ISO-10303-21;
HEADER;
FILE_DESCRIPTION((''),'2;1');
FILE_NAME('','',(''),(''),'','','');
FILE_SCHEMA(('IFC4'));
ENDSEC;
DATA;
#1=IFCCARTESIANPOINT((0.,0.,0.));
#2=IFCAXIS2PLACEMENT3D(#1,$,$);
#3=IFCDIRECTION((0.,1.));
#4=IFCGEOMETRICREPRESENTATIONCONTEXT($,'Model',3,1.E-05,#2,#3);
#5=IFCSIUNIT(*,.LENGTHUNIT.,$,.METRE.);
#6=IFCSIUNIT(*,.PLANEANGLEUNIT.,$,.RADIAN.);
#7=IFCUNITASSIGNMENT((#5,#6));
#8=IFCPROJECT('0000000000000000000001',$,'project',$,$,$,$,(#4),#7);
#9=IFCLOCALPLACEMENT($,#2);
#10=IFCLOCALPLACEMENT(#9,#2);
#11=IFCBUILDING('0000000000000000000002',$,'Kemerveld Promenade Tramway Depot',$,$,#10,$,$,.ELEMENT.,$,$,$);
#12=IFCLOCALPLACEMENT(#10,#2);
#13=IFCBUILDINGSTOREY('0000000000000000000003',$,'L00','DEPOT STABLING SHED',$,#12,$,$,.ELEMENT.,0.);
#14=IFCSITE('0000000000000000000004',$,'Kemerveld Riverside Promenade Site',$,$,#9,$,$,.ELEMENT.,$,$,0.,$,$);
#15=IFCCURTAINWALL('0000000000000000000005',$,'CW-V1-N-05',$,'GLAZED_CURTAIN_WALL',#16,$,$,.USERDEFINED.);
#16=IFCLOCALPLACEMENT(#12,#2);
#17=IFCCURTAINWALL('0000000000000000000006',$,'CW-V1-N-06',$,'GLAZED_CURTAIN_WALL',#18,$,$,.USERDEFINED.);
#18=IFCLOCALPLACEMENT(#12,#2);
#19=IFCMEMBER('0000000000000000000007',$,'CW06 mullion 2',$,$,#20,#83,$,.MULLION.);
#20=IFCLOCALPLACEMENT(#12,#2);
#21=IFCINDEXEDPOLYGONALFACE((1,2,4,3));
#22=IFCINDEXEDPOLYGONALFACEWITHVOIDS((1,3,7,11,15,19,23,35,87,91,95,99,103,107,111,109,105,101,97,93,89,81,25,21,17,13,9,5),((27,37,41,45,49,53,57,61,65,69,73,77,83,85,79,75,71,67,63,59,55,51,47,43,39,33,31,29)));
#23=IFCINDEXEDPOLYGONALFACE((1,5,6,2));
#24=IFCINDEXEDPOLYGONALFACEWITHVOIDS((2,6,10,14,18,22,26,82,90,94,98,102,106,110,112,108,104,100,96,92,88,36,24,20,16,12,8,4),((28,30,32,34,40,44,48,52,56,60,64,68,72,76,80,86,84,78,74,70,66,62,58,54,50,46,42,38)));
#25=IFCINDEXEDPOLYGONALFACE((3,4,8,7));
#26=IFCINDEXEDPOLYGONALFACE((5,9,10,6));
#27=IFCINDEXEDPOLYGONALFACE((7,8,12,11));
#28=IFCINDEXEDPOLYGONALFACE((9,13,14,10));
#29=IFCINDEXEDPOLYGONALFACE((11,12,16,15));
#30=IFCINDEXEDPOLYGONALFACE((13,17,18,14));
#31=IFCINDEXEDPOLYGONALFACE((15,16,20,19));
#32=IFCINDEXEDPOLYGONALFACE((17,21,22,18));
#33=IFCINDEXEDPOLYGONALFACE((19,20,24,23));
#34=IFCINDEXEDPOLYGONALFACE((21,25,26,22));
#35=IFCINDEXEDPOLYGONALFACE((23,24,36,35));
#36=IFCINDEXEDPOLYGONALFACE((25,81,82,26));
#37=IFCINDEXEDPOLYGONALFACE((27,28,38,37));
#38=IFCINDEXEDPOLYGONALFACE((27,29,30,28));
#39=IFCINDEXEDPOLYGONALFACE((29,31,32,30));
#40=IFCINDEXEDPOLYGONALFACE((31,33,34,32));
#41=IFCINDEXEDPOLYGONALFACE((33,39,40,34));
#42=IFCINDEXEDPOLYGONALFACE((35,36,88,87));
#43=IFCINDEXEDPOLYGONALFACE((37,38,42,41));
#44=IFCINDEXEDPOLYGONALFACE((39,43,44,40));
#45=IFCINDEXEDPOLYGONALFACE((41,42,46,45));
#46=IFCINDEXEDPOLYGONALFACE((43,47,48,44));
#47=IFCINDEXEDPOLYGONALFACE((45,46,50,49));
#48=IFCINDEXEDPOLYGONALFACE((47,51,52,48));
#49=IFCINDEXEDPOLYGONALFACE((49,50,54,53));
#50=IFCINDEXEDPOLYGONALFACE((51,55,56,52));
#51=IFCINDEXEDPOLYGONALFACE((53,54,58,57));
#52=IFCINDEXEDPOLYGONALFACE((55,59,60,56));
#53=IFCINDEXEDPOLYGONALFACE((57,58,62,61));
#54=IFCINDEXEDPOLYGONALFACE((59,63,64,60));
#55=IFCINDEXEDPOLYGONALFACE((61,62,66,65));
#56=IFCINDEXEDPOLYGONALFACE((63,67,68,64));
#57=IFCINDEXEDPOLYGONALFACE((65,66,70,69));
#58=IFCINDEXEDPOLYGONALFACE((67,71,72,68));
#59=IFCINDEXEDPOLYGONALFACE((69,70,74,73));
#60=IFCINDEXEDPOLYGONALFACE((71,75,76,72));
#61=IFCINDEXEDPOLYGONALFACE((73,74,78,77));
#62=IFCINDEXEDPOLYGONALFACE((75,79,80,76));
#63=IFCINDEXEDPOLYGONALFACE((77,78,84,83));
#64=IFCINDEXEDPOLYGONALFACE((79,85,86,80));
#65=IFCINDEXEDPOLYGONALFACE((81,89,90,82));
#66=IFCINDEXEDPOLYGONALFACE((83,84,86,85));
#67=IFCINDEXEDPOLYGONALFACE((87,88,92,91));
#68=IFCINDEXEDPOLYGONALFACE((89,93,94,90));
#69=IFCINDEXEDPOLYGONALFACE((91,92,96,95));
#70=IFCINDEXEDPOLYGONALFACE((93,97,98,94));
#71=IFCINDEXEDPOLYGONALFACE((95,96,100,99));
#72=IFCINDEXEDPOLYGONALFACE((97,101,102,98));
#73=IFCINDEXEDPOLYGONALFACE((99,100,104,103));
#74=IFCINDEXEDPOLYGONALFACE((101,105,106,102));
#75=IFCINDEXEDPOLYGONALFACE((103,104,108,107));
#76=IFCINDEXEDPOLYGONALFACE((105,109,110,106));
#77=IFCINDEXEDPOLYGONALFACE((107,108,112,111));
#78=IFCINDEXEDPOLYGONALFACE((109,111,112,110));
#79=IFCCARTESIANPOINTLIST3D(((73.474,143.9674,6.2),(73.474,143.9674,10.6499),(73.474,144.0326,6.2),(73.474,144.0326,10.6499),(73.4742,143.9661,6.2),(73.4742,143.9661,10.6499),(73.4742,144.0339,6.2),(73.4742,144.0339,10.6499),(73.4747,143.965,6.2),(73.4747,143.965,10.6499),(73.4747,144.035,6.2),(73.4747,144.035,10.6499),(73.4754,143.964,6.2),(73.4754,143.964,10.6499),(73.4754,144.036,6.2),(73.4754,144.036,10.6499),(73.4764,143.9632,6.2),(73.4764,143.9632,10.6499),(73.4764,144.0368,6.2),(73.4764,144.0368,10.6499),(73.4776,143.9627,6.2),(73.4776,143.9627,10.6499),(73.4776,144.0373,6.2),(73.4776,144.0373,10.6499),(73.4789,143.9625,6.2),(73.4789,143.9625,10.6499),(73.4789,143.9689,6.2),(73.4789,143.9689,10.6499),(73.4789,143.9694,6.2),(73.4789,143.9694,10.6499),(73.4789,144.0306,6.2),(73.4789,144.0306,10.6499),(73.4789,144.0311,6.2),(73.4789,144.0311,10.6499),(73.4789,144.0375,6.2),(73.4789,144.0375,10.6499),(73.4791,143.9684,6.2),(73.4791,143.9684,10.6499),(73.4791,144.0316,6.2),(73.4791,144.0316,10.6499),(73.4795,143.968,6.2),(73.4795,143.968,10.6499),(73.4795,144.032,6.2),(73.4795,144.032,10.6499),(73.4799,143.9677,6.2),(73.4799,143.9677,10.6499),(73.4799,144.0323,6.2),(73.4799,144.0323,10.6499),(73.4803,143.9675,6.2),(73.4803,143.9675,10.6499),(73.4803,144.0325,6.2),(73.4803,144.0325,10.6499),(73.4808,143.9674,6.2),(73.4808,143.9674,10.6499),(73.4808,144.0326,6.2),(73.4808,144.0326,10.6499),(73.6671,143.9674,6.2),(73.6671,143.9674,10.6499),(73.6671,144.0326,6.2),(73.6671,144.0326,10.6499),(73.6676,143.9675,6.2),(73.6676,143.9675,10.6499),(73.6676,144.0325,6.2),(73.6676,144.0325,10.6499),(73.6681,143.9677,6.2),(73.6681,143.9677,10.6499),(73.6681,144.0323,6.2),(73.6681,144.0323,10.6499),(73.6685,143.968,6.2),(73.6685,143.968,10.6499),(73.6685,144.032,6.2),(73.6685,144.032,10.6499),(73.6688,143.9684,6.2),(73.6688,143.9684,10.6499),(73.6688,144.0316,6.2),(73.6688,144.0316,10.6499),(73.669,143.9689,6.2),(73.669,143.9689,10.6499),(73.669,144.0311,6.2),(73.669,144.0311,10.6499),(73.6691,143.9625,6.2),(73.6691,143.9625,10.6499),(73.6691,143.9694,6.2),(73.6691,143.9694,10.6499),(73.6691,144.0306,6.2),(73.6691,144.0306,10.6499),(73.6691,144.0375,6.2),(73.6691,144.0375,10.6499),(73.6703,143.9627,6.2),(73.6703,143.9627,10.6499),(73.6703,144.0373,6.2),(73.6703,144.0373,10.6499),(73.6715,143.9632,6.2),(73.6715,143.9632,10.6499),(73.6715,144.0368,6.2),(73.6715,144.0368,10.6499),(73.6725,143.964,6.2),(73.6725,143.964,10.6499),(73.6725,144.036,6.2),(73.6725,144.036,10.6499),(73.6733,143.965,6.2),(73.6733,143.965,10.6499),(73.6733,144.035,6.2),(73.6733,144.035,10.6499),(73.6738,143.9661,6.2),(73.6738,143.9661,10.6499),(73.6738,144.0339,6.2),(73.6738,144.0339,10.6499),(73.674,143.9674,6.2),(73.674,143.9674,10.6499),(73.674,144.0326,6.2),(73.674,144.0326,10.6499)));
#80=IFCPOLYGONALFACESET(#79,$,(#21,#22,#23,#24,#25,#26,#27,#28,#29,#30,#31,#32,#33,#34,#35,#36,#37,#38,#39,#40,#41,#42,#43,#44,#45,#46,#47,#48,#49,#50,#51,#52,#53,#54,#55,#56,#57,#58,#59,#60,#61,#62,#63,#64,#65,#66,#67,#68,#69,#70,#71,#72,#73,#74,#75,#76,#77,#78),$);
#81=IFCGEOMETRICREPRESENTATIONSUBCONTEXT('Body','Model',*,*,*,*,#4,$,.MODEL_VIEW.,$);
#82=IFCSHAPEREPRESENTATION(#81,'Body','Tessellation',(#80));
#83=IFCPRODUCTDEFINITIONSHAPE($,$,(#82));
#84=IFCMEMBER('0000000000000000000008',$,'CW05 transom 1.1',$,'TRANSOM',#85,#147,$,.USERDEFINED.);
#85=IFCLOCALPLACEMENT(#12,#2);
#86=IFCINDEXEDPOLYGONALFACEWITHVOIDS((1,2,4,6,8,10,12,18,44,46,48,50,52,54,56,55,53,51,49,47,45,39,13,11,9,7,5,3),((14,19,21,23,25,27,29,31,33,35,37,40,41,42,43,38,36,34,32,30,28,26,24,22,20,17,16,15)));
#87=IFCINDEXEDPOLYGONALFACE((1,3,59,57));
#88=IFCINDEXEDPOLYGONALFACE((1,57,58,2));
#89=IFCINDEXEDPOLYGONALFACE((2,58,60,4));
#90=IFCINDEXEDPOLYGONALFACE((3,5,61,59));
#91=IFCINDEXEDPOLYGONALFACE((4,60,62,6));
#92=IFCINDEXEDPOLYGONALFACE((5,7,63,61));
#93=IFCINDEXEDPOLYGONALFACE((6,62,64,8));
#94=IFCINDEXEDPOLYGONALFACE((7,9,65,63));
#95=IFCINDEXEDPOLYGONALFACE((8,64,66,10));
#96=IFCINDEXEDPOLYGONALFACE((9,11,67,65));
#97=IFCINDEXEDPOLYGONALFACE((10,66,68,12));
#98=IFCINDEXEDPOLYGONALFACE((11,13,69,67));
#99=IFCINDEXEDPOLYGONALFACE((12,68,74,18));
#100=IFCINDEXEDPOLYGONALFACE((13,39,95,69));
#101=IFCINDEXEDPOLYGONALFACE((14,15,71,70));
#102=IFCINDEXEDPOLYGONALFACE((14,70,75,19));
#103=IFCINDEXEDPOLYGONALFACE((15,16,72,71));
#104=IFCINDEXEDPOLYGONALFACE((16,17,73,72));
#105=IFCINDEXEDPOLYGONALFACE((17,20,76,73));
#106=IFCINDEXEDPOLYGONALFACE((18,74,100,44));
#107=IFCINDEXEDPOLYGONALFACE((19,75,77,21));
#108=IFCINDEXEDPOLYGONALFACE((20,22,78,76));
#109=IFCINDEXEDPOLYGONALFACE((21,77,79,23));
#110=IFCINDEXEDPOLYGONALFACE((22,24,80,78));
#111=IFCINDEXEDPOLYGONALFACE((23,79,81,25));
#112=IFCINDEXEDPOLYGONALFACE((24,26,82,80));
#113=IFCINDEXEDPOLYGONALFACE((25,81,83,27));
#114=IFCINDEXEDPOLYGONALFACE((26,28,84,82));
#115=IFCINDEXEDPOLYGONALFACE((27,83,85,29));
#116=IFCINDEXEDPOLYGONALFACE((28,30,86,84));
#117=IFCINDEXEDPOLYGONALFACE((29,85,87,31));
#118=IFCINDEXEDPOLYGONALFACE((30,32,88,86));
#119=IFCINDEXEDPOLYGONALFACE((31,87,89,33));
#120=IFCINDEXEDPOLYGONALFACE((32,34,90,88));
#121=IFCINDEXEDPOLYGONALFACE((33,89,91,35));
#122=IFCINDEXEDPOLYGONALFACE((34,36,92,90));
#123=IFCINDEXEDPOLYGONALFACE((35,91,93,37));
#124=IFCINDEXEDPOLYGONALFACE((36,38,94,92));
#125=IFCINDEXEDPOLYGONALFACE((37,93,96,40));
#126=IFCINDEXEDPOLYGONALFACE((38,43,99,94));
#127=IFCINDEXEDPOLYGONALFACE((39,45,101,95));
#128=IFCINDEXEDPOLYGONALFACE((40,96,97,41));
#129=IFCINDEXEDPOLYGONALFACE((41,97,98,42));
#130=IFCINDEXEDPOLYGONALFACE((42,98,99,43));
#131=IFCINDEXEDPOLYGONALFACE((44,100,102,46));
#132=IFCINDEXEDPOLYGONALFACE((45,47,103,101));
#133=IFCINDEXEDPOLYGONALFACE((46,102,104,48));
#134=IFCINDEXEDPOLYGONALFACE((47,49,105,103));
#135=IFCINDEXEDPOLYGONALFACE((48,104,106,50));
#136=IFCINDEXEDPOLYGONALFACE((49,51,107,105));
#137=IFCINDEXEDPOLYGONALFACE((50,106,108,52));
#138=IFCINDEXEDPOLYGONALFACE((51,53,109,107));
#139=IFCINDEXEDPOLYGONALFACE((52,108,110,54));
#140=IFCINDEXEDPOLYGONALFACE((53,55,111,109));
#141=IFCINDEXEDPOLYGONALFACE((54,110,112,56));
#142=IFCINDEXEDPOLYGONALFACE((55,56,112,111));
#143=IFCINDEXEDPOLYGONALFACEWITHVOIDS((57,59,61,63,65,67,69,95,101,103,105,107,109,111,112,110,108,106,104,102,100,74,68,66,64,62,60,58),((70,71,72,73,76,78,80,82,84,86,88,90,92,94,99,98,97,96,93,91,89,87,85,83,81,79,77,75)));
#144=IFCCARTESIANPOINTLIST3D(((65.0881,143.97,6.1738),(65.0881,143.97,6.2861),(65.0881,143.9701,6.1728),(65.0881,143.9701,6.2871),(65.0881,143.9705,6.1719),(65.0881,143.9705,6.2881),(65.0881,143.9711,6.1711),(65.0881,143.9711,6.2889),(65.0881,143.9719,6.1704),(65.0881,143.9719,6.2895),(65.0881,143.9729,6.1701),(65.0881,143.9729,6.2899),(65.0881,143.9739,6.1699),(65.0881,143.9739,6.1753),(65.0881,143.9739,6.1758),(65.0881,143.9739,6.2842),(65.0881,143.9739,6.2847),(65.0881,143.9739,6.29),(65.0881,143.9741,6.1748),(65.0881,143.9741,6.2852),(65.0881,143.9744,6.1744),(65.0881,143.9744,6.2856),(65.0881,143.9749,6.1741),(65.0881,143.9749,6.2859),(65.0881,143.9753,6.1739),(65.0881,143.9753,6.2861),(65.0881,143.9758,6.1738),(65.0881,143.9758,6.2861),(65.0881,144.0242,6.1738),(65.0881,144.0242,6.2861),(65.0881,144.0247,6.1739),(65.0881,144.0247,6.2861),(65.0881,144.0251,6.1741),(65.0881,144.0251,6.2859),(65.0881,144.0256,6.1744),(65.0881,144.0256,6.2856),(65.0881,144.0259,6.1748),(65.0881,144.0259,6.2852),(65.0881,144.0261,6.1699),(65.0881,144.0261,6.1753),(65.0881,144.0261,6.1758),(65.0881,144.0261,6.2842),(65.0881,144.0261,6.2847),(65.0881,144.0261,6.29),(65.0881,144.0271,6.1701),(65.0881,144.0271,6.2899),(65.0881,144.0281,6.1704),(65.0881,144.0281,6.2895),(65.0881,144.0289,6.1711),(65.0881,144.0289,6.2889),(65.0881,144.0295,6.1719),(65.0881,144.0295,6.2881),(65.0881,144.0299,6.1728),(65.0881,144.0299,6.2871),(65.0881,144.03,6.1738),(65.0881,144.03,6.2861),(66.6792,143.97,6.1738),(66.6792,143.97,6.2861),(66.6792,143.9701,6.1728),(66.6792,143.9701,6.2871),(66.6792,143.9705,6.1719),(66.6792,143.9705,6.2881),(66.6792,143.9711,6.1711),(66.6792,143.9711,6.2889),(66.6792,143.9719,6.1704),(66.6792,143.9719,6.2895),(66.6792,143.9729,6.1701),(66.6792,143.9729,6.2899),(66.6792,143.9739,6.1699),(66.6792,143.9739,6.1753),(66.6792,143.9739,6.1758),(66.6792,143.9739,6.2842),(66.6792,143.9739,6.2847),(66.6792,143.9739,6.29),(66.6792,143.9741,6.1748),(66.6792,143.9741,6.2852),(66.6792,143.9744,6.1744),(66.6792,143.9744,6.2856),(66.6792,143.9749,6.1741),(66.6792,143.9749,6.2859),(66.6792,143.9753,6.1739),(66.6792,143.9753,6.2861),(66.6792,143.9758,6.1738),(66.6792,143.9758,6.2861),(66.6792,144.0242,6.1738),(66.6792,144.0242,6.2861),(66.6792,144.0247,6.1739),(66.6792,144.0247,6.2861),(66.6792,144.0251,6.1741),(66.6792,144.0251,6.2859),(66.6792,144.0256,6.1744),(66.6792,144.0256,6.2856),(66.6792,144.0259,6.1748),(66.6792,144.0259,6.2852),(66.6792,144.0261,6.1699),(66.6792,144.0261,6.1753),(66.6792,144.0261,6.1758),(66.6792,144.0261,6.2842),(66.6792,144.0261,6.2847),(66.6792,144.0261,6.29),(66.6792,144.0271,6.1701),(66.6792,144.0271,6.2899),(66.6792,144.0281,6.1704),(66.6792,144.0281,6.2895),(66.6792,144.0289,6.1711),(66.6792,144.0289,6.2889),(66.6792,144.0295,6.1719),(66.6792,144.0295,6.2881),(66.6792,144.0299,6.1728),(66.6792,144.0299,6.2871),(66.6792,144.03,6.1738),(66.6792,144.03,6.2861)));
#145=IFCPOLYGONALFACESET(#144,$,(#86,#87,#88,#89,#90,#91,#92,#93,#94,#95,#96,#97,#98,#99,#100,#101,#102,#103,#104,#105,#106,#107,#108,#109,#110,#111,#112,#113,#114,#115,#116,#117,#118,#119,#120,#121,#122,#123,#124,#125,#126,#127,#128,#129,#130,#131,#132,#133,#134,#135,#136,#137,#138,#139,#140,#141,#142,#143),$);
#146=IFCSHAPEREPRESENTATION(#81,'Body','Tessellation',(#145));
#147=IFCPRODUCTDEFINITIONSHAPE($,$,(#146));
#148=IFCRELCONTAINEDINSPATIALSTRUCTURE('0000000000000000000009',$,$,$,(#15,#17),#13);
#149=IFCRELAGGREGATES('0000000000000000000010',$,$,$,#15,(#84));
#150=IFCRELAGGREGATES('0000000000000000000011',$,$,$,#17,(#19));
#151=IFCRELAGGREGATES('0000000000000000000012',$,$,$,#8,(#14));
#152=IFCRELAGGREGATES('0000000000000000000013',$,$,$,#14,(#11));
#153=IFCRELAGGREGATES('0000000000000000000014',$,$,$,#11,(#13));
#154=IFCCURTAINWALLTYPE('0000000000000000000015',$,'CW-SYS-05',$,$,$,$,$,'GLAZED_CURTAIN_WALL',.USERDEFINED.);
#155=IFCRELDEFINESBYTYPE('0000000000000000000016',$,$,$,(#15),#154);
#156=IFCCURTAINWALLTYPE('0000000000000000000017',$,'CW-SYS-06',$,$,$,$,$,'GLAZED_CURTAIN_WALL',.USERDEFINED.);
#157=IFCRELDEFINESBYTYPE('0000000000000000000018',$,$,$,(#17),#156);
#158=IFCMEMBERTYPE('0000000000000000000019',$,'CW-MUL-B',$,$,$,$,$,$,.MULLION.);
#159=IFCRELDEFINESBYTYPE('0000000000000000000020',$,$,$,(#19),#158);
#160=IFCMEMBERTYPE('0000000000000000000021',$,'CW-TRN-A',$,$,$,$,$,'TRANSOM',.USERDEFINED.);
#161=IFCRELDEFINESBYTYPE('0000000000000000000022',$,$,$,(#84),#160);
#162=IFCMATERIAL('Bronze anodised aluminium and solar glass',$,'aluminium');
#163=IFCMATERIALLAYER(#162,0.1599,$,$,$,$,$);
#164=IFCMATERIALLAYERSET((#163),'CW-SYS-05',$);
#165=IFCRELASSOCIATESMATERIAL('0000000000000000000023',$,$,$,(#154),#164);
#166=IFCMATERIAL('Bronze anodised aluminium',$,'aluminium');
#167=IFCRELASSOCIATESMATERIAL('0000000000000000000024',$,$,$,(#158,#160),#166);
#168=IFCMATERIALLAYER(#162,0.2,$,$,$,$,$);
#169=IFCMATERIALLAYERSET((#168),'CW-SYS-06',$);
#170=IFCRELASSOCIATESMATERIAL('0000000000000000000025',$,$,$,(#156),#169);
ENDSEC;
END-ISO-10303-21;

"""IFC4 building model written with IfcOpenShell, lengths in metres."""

from ifc_helpers import new_model, si_unit, direction, frame, origin, origin_2d, place, context, subcontext, project, spatial, hollow_rectangle, extrude, material, layer, layer_set, material_profile, profile_set, type_object, element, aggregate, save


model = new_model("IFC4")

# Units and contexts
model_context = context("Model", 3, precision=1e-05, world=origin(), true_north=direction((0.0, 1.0)))
body_context = subcontext(model_context, "Body", "Model", "MODEL_VIEW")
ifc_project = project(units=[si_unit("LENGTHUNIT", "METRE"), si_unit("PLANEANGLEUNIT", "RADIAN")], contexts=[model_context])

# Site, building, storey
site_placement = place(None, origin())
site = spatial("IfcSite", under=ifc_project, at=site_placement, Name="Kemerveld Riverside Promenade Site", CompositionType="ELEMENT", RefElevation=0.0)
building_placement = place(site_placement, origin())
building = spatial("IfcBuilding", under=site, at=building_placement, Name="Kemerveld Promenade Tramway Depot", CompositionType="ELEMENT")
storey_placement = place(building_placement, origin())
storey = spatial("IfcBuildingStorey", under=building, at=storey_placement, Name="L00", Description="DEPOT STABLING SHED", CompositionType="ELEMENT", Elevation=0.0)

# Curtain wall
ifc_material_1 = material(Name="Bronze anodised aluminium and solar glass", Category="aluminium")
ifc_layer_1 = layer(ifc_material_1, 0.1599)
ifc_layer_set_1 = layer_set([ifc_layer_1], Name="CW-SYS-05")
curtain_wall_type_1 = type_object("IfcCurtainWallType", Name="CW-SYS-05", ElementType="GLAZED_CURTAIN_WALL", PredefinedType="USERDEFINED", material=ifc_layer_set_1)
curtain_wall_1_placement = place(storey_placement, origin())
curtain_wall_1 = element("IfcCurtainWall", 1, at=curtain_wall_1_placement, inside=storey, type_object=curtain_wall_type_1, Name="CW-V1-N-05", ObjectType="GLAZED_CURTAIN_WALL", PredefinedType="USERDEFINED")
ifc_material_2 = material(Name="Bronze anodised aluminium", Category="aluminium")

# Shared definitions
ifc_material_profile_1 = material_profile(ifc_material_2, hollow_rectangle(XDim=0.075, YDim=0.2, WallThickness=0.0049, InnerFilletRadius=0.002, OuterFilletRadius=0.0049, at=origin_2d()), Name="CW-MUL-200x75")
ifc_profile_set_1 = profile_set([ifc_material_profile_1], Name="Bronze anodised aluminium")
member_type_1 = type_object("IfcMemberType", Name="CW-MUL-B", PredefinedType="MULLION", material=ifc_profile_set_1)

# Curtain wall, member
ifc_layer_2 = layer(ifc_material_1, 0.2)
ifc_layer_set_2 = layer_set([ifc_layer_2], Name="CW-SYS-06")
curtain_wall_type_2 = type_object("IfcCurtainWallType", Name="CW-SYS-06", ElementType="GLAZED_CURTAIN_WALL", PredefinedType="USERDEFINED", material=ifc_layer_set_2)
curtain_wall_2_placement = place(storey_placement, origin())
curtain_wall_2 = element("IfcCurtainWall", 2, at=curtain_wall_2_placement, inside=storey, type_object=curtain_wall_type_2, Name="CW-V1-N-06", ObjectType="GLAZED_CURTAIN_WALL", PredefinedType="USERDEFINED")
member_1_placement = place(storey_placement, frame((73.574, 144.0, 6.2), z_axis=(0.0, 0.0, 1.0), x_axis=(0.0, 1.0, 0.0)))
member_1 = element("IfcMember", 3, at=member_1_placement, type_object=member_type_1, Name="CW06 mullion 2", PredefinedType="MULLION", context=body_context, shape_type="SweptSolid", body=[
    extrude(hollow_rectangle(XDim=0.075, YDim=0.2, WallThickness=0.0049, InnerFilletRadius=0.002, OuterFilletRadius=0.0049, at=origin_2d()), origin(), (0.0, 0.0, 1.0), 4.45),
])

# Member
ifc_material_profile_2 = material_profile(ifc_material_2, hollow_rectangle(XDim=0.0601, YDim=0.1201, WallThickness=0.0039, InnerFilletRadius=0.002, OuterFilletRadius=0.0039, at=origin_2d()), Name="CW-TRN-120x60")
ifc_profile_set_2 = profile_set([ifc_material_profile_2], Name="Bronze anodised aluminium")
member_type_2 = type_object("IfcMemberType", Name="CW-TRN-A", ElementType="TRANSOM", PredefinedType="USERDEFINED", material=ifc_profile_set_2)
member_2_placement = place(storey_placement, frame((65.0881, 144.0, 6.23), z_axis=(1.0, 0.0, 0.0), x_axis=(0.0, 1.0, 0.0)))
member_2 = element("IfcMember", 4, at=member_2_placement, type_object=member_type_2, Name="CW05 transom 1.1", ObjectType="TRANSOM", PredefinedType="USERDEFINED", context=body_context, shape_type="SweptSolid", body=[
    extrude(hollow_rectangle(XDim=0.0601, YDim=0.1201, WallThickness=0.0039, InnerFilletRadius=0.002, OuterFilletRadius=0.0039, at=origin_2d()), origin(), (0.0, 0.0, 1.0), 1.5911),
])

aggregate(curtain_wall_1, [member_2])
aggregate(curtain_wall_2, [member_1])

save(model, "model.ifc")
